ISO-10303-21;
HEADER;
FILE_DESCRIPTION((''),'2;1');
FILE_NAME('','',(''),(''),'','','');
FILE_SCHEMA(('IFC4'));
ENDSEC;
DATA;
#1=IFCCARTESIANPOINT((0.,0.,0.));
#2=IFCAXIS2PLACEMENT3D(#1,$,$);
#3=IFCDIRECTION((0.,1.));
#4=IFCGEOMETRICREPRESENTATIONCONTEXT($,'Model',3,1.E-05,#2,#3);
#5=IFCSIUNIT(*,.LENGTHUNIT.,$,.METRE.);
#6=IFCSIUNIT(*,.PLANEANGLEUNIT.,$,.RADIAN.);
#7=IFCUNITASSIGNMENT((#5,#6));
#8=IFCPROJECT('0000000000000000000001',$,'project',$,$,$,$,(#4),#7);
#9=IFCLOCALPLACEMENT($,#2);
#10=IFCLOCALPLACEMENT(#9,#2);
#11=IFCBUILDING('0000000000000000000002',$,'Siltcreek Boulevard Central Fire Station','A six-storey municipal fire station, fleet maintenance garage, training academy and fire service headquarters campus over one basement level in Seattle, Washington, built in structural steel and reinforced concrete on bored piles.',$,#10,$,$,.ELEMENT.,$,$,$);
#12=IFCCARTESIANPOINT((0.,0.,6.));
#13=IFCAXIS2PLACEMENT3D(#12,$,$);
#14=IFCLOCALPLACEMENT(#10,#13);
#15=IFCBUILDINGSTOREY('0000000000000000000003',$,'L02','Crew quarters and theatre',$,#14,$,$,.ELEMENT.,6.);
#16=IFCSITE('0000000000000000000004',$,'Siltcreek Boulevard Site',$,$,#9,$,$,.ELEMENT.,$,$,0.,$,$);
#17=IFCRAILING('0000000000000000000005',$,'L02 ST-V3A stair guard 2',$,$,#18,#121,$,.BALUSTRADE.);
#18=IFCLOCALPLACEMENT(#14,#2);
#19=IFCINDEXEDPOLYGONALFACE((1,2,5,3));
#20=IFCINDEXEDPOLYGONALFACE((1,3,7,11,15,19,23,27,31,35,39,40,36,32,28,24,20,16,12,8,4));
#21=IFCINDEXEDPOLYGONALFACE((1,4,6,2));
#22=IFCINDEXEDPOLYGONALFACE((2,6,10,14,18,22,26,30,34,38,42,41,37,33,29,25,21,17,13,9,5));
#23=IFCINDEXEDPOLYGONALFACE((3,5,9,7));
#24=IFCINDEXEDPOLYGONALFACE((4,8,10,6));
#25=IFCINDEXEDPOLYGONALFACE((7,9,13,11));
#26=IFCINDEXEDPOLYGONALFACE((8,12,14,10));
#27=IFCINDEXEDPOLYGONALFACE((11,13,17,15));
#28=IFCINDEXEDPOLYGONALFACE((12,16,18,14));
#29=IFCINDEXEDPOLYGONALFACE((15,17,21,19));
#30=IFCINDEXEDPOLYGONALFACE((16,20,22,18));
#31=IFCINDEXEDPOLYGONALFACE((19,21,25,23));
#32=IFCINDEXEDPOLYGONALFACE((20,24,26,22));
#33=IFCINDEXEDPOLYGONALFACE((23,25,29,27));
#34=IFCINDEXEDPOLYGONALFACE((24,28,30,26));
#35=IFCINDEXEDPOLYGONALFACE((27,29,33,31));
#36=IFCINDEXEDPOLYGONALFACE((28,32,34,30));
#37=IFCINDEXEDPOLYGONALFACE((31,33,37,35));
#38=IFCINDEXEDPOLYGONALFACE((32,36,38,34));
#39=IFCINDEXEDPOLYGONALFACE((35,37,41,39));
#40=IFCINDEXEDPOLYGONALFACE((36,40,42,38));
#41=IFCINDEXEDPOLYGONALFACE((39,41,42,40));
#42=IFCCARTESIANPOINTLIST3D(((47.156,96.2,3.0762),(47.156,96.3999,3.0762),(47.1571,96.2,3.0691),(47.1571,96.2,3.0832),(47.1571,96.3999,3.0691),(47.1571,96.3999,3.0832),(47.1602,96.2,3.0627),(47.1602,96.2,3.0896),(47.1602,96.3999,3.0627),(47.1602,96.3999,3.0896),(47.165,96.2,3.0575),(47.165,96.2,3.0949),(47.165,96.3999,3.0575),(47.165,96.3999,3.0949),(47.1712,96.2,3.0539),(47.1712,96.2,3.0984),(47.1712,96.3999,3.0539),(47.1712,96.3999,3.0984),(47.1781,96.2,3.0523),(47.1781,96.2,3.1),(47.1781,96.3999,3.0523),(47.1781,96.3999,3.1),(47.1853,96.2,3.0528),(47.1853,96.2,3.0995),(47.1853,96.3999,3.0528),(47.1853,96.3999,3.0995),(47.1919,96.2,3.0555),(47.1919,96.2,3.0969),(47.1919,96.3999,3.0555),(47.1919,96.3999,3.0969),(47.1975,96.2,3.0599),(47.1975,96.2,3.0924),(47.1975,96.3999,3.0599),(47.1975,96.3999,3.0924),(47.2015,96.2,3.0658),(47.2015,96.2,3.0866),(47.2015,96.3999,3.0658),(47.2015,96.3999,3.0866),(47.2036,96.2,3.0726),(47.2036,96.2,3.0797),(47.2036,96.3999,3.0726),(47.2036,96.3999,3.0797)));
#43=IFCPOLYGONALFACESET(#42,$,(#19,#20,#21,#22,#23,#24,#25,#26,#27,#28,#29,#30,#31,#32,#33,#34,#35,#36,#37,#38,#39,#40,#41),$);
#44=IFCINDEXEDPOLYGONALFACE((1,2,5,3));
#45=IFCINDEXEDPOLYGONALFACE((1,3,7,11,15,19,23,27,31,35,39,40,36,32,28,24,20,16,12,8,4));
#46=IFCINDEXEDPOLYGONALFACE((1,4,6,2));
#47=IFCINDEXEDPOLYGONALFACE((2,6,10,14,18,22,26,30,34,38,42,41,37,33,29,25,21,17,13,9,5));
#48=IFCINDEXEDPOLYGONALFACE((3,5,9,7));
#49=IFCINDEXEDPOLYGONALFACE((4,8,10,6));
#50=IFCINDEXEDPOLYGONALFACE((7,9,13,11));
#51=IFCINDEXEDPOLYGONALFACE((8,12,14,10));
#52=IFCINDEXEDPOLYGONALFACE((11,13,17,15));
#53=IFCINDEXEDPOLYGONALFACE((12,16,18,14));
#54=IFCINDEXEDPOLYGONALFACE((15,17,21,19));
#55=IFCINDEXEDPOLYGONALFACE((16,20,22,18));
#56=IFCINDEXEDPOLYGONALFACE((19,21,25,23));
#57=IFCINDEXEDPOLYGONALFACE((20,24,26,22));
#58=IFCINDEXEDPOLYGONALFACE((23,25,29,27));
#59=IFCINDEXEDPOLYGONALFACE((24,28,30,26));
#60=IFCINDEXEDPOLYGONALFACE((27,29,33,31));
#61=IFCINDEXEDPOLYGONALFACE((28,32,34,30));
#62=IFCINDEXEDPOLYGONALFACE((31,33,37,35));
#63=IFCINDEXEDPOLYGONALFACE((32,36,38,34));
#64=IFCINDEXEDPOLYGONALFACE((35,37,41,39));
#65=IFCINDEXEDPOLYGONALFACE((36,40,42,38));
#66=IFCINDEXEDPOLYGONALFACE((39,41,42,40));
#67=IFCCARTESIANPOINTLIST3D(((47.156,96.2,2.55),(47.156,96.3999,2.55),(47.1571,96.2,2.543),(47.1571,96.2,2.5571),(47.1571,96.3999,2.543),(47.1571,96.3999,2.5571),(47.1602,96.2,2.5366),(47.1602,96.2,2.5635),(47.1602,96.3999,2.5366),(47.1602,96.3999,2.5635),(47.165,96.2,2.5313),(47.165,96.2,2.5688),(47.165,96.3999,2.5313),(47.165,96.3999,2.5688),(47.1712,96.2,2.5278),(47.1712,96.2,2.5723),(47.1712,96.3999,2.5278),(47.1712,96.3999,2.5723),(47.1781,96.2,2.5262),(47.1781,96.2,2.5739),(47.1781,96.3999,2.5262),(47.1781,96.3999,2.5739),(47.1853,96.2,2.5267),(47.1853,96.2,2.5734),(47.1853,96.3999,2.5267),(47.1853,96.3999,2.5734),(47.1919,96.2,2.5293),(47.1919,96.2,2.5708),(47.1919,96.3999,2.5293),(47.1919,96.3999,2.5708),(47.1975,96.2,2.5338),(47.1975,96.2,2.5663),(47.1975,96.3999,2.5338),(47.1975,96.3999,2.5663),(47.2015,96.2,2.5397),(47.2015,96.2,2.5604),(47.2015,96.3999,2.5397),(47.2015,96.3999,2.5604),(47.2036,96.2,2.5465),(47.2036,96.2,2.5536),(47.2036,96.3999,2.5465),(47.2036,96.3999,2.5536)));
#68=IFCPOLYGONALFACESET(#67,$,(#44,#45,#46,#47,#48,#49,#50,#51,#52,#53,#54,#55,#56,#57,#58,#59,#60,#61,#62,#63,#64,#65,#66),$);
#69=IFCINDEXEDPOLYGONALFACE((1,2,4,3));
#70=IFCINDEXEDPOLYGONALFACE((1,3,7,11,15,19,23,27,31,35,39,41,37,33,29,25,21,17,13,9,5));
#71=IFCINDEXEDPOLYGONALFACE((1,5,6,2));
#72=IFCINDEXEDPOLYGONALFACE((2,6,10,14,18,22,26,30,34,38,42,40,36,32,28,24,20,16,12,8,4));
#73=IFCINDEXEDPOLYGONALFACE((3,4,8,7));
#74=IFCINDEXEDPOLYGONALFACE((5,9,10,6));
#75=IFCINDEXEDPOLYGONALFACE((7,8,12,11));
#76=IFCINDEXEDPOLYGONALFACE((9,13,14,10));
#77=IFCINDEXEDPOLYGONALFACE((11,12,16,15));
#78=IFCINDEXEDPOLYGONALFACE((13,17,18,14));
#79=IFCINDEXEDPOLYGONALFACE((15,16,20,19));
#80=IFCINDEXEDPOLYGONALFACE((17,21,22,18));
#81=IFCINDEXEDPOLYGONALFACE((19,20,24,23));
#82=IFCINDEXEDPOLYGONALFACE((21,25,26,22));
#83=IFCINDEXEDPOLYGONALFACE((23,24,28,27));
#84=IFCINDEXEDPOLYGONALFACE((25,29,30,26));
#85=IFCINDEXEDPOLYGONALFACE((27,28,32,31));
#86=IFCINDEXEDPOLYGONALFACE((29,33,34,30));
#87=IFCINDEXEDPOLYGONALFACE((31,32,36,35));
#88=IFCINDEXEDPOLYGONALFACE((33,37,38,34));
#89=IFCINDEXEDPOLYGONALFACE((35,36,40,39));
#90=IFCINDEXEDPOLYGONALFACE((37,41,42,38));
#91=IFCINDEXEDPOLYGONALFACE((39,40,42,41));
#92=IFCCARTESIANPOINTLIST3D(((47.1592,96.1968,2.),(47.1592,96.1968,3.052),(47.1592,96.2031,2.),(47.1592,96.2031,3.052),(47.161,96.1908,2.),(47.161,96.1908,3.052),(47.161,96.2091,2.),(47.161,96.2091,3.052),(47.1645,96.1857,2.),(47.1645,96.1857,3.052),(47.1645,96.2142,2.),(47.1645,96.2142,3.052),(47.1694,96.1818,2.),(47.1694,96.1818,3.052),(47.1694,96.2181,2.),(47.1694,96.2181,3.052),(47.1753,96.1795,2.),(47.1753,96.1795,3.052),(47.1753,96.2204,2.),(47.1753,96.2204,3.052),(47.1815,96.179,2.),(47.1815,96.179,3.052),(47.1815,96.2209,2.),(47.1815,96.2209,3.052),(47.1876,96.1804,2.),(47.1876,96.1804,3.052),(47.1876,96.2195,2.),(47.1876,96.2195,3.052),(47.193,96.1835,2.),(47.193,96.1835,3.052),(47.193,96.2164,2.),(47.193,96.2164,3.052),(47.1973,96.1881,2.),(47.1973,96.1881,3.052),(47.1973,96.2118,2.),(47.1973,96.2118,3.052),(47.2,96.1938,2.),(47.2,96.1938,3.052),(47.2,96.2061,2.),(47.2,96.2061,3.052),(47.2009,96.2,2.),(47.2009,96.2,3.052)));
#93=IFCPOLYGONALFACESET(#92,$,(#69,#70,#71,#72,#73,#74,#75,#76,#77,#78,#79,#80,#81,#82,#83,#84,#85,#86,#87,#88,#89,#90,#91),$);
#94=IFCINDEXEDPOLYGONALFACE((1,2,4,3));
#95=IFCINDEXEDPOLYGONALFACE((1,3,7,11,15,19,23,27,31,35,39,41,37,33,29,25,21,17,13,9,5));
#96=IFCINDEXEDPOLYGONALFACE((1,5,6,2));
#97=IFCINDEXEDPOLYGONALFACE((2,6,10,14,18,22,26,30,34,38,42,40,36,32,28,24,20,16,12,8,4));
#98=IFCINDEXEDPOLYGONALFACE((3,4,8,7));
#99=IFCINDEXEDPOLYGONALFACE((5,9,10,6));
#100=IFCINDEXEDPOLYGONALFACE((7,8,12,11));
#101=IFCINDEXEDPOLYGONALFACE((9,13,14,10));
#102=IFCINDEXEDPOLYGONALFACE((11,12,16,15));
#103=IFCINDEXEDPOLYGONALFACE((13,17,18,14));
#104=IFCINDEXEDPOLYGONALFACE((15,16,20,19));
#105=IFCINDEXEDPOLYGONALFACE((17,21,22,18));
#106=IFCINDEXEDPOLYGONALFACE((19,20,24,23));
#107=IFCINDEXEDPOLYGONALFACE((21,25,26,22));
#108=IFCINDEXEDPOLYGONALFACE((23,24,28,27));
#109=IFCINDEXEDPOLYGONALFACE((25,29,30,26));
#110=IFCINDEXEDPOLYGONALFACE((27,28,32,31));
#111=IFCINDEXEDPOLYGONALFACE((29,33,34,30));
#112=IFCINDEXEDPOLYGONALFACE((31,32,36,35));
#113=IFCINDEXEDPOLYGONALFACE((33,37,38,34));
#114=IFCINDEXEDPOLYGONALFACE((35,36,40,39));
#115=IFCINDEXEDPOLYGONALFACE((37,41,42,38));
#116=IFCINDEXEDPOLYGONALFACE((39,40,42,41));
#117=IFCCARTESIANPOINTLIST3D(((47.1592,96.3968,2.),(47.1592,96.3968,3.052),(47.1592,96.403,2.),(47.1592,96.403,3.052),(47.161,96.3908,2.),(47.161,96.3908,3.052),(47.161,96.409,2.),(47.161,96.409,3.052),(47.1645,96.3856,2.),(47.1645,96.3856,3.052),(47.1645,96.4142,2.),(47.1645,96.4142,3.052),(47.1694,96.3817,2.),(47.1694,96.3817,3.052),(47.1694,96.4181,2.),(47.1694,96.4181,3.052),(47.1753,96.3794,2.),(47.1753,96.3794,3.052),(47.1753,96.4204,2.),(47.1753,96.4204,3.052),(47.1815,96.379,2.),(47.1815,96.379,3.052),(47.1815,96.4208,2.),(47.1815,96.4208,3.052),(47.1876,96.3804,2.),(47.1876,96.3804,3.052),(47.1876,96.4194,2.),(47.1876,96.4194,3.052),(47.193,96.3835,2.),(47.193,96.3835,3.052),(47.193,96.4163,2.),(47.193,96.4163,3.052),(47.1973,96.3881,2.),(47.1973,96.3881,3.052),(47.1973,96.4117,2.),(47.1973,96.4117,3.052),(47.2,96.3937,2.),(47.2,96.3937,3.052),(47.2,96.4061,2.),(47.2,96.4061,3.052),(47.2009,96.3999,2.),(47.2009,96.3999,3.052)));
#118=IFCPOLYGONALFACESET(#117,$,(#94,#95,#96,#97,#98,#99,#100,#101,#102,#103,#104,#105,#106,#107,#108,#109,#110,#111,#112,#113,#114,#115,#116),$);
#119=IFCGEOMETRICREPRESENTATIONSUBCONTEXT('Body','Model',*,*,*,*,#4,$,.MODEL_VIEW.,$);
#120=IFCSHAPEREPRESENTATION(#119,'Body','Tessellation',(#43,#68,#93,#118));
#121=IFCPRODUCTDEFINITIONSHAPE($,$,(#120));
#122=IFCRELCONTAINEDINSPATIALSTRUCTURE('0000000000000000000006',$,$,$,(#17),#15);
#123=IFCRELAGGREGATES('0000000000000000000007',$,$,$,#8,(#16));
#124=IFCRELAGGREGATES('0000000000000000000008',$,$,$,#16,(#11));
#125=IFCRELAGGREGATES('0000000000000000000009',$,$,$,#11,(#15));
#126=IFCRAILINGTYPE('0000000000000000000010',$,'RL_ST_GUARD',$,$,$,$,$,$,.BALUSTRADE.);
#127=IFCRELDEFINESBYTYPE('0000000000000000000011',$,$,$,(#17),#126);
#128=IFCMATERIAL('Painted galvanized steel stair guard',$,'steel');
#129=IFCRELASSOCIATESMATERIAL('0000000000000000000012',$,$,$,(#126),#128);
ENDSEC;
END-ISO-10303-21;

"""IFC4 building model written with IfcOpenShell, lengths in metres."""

from ifc_helpers import new_model, si_unit, direction, frame, origin, origin_2d, place, context, subcontext, project, spatial, circle, extrude, material, type_object, element, save


model = new_model("IFC4")

# Units and contexts
model_context = context("Model", 3, precision=1e-05, world=origin(), true_north=direction((0.0, 1.0)))
body_context = subcontext(model_context, "Body", "Model", "MODEL_VIEW")
ifc_project = project(units=[si_unit("LENGTHUNIT", "METRE"), si_unit("PLANEANGLEUNIT", "RADIAN")], contexts=[model_context])

# Site, building, storey
site_placement = place(None, origin())
site = spatial("IfcSite", under=ifc_project, at=site_placement, Name="Siltcreek Boulevard Site", CompositionType="ELEMENT", RefElevation=0.0)
building_placement = place(site_placement, origin())
building = spatial("IfcBuilding", under=site, at=building_placement, Name="Siltcreek Boulevard Central Fire Station", Description="A six-storey municipal fire station, fleet maintenance garage, training academy and fire service headquarters campus over one basement level in Seattle, Washington, built in structural steel and reinforced concrete on bored piles.", CompositionType="ELEMENT")
storey_placement = place(building_placement, frame((0.0, 0.0, 6.0)))
storey = spatial("IfcBuildingStorey", under=building, at=storey_placement, Name="L02", Description="Crew quarters and theatre", CompositionType="ELEMENT", Elevation=6.0)

# Railing
ifc_material_1 = material(Name="Painted galvanized steel stair guard", Category="steel")
railing_type_1 = type_object("IfcRailingType", Name="RL_ST_GUARD", PredefinedType="BALUSTRADE", material=ifc_material_1)
railing_1_placement = place(storey_placement, frame((47.1799, 96.2, 2.0)))
element("IfcRailing", 1, at=railing_1_placement, inside=storey, type_object=railing_type_1, Name="L02 ST-V3A stair guard 2", PredefinedType="BALUSTRADE", context=body_context, shape_type="SweptSolid", body=[
    extrude(circle(Radius=0.0239, at=origin_2d()), frame((0.0, 0.0, 1.0762), z_axis=(0.0, 1.0, 0.0), x_axis=(-1.0, 0.0, 0.0)), (0.0, 0.0, 1.0), 0.2),
    extrude(circle(Radius=0.0239, at=origin_2d()), frame((0.0, 0.0, 0.55), z_axis=(0.0, 1.0, 0.0), x_axis=(-1.0, 0.0, 0.0)), (0.0, 0.0, 1.0), 0.2),
    extrude(circle(Radius=0.021, at=origin_2d()), origin(), (0.0, 0.0, 1.0), 1.052),
    extrude(circle(Radius=0.021, at=origin_2d()), frame((0.0, 0.2, 0.0)), (0.0, 0.0, 1.0), 1.052),
])

save(model, "model.ifc")
